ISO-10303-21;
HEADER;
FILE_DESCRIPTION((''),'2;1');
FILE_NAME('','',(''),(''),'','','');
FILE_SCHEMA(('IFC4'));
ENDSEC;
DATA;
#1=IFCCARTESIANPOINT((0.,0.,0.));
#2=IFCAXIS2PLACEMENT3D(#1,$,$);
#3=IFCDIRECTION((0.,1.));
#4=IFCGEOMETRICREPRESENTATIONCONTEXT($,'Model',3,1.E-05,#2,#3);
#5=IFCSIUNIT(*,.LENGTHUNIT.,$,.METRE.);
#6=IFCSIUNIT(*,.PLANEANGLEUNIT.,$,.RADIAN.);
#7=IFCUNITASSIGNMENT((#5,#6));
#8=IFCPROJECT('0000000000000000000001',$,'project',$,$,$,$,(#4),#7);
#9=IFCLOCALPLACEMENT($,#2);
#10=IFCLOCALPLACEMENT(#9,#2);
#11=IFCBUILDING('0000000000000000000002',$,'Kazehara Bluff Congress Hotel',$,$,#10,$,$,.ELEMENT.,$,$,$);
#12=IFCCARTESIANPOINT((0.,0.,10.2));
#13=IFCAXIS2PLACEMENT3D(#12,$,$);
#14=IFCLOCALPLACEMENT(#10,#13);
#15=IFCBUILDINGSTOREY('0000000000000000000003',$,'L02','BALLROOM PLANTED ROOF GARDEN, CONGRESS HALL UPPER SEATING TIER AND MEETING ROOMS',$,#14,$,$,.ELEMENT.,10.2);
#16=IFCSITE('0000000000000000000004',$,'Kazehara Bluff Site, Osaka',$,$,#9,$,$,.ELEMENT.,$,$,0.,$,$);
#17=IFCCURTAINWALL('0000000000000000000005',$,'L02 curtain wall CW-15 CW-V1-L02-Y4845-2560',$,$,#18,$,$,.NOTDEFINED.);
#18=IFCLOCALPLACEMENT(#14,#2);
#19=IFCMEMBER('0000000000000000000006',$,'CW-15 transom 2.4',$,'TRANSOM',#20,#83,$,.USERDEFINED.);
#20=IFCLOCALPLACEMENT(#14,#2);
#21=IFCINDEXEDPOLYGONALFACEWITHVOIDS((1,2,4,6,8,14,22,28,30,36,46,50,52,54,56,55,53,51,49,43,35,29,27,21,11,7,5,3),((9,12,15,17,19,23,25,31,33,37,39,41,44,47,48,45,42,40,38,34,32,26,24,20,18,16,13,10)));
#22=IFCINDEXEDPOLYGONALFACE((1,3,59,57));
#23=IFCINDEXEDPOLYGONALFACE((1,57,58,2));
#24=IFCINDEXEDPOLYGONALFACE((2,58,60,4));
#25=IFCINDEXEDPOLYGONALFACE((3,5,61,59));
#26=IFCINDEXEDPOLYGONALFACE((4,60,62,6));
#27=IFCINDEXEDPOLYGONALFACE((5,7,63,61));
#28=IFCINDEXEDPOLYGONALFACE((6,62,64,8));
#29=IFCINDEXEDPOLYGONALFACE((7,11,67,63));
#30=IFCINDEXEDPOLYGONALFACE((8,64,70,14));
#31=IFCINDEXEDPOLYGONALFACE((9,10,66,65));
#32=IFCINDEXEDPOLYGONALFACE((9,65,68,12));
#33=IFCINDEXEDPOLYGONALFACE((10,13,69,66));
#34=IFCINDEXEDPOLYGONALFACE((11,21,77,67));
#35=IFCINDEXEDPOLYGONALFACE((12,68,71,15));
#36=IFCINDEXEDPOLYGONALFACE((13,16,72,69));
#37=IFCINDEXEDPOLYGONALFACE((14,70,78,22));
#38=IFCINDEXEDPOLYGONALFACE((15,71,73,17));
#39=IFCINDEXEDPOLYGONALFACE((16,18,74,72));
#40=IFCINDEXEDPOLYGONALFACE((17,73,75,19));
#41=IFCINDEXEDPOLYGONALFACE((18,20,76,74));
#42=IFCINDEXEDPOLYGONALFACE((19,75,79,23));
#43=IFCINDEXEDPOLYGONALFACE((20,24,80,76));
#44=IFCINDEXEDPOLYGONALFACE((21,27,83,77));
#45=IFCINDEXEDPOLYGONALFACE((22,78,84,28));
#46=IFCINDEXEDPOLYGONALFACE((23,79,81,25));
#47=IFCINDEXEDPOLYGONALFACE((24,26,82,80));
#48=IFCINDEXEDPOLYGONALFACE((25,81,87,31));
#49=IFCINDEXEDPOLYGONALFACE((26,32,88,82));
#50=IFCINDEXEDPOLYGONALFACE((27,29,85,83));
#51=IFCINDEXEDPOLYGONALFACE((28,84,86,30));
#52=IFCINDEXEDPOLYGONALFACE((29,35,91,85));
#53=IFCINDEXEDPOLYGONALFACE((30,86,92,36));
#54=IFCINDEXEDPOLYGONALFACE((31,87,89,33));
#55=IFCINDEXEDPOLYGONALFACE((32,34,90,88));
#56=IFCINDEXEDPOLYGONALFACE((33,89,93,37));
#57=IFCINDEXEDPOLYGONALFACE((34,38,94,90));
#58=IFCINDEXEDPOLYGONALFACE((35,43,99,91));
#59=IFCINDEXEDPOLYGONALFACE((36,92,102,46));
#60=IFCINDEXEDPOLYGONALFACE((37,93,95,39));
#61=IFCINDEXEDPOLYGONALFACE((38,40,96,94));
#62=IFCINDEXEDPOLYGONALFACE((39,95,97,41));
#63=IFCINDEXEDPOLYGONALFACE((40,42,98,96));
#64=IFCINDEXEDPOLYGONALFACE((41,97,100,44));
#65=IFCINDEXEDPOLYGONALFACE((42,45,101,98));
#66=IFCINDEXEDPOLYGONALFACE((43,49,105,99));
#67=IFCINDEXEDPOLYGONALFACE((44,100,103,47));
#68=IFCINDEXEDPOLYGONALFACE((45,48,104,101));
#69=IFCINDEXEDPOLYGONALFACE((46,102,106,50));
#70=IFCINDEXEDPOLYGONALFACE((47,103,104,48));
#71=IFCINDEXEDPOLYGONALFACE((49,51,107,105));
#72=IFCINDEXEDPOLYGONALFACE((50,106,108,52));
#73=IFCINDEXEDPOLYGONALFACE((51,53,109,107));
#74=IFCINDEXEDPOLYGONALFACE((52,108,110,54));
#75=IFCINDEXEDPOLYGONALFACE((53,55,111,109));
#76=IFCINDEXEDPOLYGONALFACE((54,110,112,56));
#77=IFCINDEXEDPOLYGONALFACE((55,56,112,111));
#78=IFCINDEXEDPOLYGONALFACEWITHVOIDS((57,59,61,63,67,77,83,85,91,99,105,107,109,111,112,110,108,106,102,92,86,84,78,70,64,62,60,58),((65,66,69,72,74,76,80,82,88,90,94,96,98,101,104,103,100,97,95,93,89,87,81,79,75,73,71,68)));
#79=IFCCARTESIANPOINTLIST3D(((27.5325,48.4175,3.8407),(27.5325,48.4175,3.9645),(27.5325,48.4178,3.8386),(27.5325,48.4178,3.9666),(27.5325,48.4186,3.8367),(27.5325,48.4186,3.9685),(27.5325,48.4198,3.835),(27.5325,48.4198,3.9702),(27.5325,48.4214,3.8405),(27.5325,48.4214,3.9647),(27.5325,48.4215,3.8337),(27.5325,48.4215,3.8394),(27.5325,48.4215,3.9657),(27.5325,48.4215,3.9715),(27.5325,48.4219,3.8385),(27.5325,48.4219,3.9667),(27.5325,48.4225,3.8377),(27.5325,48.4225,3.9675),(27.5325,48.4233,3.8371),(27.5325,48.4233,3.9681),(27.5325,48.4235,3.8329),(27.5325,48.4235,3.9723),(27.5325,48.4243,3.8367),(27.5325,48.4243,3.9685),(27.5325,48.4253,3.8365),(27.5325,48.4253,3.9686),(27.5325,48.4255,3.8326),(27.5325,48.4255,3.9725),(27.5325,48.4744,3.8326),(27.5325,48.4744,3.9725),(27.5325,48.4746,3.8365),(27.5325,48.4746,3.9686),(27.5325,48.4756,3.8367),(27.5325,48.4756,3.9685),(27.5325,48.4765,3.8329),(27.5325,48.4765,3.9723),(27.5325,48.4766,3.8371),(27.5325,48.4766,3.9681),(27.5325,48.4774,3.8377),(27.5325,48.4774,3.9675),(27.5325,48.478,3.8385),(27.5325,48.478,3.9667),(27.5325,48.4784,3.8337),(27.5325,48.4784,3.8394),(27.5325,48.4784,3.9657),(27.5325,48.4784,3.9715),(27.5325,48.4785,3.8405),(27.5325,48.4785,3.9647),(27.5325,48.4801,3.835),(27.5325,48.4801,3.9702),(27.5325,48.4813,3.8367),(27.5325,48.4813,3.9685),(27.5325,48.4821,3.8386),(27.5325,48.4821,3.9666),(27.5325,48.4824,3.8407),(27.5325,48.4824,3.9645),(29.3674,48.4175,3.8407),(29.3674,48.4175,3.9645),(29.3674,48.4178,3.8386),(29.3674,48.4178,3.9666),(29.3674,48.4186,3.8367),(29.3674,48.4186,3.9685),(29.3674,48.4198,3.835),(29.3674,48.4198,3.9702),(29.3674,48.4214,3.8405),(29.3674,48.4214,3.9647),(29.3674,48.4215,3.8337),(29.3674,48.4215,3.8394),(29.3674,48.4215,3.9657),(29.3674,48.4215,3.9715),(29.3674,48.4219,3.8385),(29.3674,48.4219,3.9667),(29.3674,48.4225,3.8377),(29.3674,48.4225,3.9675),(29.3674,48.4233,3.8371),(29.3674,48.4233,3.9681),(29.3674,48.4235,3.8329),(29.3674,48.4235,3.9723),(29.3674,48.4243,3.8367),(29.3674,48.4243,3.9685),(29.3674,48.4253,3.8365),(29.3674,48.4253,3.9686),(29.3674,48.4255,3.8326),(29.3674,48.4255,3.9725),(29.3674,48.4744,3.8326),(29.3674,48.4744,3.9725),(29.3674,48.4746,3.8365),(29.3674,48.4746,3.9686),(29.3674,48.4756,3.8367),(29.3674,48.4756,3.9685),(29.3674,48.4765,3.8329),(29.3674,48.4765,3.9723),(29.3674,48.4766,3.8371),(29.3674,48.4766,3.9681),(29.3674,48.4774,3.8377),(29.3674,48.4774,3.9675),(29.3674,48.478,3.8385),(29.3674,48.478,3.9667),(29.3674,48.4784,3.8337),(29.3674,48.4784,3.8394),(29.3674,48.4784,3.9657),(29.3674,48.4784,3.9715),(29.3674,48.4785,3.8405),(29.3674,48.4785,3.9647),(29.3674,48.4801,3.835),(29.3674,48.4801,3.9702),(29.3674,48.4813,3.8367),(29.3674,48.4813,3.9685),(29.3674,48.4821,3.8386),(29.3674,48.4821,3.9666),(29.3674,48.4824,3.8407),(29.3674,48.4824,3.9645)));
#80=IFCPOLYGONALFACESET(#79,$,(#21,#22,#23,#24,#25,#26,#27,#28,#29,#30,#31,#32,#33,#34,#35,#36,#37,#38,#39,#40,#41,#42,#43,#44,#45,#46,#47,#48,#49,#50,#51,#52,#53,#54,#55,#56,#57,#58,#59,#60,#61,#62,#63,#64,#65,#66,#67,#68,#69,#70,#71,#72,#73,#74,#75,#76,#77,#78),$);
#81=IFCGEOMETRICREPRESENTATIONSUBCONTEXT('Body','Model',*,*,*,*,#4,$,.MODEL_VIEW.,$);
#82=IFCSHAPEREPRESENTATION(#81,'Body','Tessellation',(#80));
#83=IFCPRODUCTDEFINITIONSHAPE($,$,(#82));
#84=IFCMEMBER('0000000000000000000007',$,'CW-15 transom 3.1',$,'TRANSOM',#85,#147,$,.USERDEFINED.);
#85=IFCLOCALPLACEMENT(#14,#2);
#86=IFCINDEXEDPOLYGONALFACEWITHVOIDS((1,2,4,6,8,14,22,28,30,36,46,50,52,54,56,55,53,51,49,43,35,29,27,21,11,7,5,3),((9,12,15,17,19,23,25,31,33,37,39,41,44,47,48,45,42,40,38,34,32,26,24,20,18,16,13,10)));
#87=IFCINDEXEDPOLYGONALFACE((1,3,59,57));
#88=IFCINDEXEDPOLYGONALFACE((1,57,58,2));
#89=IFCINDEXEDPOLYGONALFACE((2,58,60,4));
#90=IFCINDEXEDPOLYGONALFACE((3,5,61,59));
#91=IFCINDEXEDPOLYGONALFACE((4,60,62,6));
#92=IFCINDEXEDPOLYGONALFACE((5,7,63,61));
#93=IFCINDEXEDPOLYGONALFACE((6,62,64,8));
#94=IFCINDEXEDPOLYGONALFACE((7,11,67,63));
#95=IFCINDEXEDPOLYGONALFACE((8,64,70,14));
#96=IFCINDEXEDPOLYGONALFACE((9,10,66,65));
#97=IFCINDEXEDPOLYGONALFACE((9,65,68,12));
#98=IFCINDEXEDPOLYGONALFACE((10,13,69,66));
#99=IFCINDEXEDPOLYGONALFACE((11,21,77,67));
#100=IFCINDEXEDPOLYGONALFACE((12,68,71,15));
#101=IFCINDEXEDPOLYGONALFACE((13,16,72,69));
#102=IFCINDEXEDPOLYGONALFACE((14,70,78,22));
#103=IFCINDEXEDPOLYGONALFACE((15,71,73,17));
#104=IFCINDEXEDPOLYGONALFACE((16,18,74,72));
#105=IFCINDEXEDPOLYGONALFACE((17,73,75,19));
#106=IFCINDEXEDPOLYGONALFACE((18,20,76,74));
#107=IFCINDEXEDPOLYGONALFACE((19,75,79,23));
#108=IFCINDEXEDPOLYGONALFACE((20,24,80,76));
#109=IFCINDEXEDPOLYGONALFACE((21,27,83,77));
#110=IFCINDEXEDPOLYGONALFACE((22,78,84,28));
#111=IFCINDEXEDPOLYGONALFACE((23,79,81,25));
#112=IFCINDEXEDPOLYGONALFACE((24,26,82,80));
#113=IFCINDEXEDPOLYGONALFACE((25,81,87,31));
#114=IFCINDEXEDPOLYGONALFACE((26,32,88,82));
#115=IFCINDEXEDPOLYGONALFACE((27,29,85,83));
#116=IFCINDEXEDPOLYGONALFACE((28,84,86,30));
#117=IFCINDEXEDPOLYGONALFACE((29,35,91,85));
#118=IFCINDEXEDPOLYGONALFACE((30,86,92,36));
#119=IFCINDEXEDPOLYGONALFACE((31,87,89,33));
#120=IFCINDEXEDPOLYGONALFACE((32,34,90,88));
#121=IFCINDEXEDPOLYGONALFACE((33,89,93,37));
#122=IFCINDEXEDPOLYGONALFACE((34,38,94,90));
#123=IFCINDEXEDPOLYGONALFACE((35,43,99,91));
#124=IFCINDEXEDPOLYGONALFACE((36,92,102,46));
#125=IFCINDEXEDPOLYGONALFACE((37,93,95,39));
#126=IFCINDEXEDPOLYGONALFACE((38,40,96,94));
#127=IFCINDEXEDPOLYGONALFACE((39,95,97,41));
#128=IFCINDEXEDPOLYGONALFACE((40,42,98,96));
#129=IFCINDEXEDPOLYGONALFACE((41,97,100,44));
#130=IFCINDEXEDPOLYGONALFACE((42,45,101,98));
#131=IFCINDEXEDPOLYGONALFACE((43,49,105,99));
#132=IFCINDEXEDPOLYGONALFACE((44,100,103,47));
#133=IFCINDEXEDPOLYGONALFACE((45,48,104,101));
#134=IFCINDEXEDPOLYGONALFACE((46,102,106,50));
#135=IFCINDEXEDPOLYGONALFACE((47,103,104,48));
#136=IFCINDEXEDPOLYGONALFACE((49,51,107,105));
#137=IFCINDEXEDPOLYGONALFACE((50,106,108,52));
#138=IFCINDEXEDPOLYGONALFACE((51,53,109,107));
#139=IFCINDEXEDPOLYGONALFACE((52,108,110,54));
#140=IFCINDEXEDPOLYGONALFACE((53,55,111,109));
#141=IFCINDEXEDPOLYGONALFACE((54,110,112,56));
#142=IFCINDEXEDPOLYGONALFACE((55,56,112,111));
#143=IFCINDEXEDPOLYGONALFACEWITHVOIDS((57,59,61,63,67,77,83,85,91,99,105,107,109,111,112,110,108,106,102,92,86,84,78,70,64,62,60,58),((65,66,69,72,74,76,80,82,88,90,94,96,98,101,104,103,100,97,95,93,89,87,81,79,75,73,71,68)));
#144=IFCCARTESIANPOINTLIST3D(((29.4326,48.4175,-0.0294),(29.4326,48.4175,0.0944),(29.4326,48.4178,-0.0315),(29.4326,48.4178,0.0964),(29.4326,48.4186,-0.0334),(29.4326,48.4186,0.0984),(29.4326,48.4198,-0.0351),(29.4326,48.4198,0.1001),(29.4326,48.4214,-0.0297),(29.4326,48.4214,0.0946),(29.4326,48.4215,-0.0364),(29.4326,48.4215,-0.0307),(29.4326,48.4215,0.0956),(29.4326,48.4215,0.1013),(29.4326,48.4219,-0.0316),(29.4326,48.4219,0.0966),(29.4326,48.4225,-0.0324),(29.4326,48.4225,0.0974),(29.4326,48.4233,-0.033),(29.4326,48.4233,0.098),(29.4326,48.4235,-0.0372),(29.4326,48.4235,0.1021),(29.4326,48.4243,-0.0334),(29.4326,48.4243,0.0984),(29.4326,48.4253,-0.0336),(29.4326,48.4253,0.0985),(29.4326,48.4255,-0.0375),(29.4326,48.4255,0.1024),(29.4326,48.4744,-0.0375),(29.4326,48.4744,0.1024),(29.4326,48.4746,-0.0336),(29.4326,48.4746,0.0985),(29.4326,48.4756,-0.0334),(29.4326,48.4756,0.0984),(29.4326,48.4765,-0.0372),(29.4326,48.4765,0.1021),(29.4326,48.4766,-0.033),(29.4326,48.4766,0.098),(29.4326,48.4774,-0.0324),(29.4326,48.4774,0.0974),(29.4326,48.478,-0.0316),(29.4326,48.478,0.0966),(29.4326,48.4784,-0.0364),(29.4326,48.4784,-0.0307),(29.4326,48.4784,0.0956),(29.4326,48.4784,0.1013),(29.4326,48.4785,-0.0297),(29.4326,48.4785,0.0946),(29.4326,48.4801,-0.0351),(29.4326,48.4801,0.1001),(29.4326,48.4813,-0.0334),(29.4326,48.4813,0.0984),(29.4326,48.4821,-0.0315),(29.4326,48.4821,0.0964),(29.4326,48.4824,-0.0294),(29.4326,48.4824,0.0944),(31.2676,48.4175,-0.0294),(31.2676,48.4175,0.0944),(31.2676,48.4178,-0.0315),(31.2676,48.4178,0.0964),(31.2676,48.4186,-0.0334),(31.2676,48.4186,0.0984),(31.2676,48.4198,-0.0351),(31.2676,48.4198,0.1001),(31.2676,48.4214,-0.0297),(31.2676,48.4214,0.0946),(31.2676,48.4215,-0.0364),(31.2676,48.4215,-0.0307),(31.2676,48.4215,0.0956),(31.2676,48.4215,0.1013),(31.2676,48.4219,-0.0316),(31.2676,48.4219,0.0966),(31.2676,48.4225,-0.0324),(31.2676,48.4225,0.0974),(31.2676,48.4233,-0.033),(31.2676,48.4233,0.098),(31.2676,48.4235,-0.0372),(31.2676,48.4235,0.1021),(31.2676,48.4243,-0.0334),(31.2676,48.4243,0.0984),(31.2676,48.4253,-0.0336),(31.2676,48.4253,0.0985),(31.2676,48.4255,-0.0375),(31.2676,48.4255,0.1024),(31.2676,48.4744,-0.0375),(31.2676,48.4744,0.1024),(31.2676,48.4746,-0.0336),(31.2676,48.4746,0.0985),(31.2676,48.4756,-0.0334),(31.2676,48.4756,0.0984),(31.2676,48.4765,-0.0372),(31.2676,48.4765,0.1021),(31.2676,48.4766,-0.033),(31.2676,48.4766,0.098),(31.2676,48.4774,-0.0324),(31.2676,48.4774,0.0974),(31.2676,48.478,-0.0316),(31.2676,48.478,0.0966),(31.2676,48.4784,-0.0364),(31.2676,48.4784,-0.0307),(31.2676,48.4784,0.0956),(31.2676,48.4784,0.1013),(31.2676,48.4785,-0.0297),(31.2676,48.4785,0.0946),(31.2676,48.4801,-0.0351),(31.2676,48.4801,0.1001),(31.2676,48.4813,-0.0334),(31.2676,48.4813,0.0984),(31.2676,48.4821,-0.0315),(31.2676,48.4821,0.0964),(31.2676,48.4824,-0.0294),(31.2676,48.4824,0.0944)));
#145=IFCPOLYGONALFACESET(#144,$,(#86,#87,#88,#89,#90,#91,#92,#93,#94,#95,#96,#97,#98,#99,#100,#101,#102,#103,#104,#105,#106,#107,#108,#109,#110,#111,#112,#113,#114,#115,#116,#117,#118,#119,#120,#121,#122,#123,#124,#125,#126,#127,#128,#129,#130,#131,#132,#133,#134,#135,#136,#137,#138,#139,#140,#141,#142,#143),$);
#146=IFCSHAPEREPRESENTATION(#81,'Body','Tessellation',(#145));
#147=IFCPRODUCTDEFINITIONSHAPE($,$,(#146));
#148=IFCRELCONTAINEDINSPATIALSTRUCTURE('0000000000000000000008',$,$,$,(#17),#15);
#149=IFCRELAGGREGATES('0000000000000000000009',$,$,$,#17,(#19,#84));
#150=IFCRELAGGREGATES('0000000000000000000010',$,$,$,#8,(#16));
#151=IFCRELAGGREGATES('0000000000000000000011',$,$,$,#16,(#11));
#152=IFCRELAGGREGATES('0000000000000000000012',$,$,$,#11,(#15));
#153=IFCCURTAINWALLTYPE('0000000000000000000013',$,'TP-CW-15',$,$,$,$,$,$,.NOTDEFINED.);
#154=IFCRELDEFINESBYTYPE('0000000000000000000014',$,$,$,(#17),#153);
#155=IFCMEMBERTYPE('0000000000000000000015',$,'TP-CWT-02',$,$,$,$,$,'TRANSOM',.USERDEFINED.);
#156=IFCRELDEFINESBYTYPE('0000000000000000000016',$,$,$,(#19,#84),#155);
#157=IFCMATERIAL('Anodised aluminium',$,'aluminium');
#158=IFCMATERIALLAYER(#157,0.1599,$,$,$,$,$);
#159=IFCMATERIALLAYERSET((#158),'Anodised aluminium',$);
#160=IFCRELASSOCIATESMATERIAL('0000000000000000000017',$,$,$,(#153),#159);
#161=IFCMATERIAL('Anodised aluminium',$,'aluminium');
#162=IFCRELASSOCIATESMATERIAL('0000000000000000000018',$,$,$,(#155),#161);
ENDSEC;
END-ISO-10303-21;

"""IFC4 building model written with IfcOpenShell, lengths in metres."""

from ifc_helpers import new_model, si_unit, direction, frame, origin, origin_2d, place, context, subcontext, project, spatial, hollow_rectangle, extrude, material, layer, layer_set, material_profile, profile_set, type_object, element, aggregate, save


model = new_model("IFC4")

# Units and contexts
model_context = context("Model", 3, precision=1e-05, world=origin(), true_north=direction((0.0, 1.0)))
body_context = subcontext(model_context, "Body", "Model", "MODEL_VIEW")
ifc_project = project(units=[si_unit("LENGTHUNIT", "METRE"), si_unit("PLANEANGLEUNIT", "RADIAN")], contexts=[model_context])

# Site, building, storey
site_placement = place(None, origin())
site = spatial("IfcSite", under=ifc_project, at=site_placement, Name="Kazehara Bluff Site, Osaka", CompositionType="ELEMENT", RefElevation=0.0)
building_placement = place(site_placement, origin())
building = spatial("IfcBuilding", under=site, at=building_placement, Name="Kazehara Bluff Congress Hotel", CompositionType="ELEMENT")
storey_placement = place(building_placement, frame((0.0, 0.0, 10.2)))
storey = spatial("IfcBuildingStorey", under=building, at=storey_placement, Name="L02", Description="BALLROOM PLANTED ROOF GARDEN, CONGRESS HALL UPPER SEATING TIER AND MEETING ROOMS", CompositionType="ELEMENT", Elevation=10.2)

# Curtain wall, members
ifc_material_1 = material(Name="Anodised aluminium", Category="aluminium")
ifc_layer_1 = layer(ifc_material_1, 0.1599)
ifc_layer_set_1 = layer_set([ifc_layer_1], Name="Anodised aluminium")
curtain_wall_type_1 = type_object("IfcCurtainWallType", Name="TP-CW-15", PredefinedType="NOTDEFINED", material=ifc_layer_set_1)
curtain_wall_1_placement = place(storey_placement, origin())
curtain_wall_1 = element("IfcCurtainWall", 1, at=curtain_wall_1_placement, inside=storey, type_object=curtain_wall_type_1, Name="L02 curtain wall CW-15 CW-V1-L02-Y4845-2560", PredefinedType="NOTDEFINED")
ifc_material_2 = material(Name="Anodised aluminium", Category="aluminium")
ifc_material_profile_1 = material_profile(ifc_material_2, hollow_rectangle(XDim=0.0649, YDim=0.1399, WallThickness=0.0039, InnerFilletRadius=0.0039, OuterFilletRadius=0.0081, at=origin_2d()))
ifc_profile_set_1 = profile_set([ifc_material_profile_1], Name="Anodised aluminium")
member_type_1 = type_object("IfcMemberType", Name="TP-CWT-02", ElementType="TRANSOM", PredefinedType="USERDEFINED", material=ifc_profile_set_1)
member_1_placement = place(storey_placement, frame((27.5325, 48.45, 3.9026), z_axis=(1.0, 0.0, 0.0), x_axis=(0.0, 1.0, 0.0)))
member_1 = element("IfcMember", 2, at=member_1_placement, type_object=member_type_1, Name="CW-15 transom 2.4", ObjectType="TRANSOM", PredefinedType="USERDEFINED", context=body_context, shape_type="SweptSolid", body=[
    extrude(hollow_rectangle(XDim=0.0649, YDim=0.1399, WallThickness=0.0039, InnerFilletRadius=0.0039, OuterFilletRadius=0.0081, at=origin_2d()), origin(), (0.0, 0.0, 1.0), 1.835),
])
member_2_placement = place(storey_placement, frame((29.4326, 48.45, 0.0325), z_axis=(1.0, 0.0, 0.0), x_axis=(0.0, 1.0, 0.0)))
member_2 = element("IfcMember", 3, at=member_2_placement, type_object=member_type_1, Name="CW-15 transom 3.1", ObjectType="TRANSOM", PredefinedType="USERDEFINED", context=body_context, shape_type="SweptSolid", body=[
    extrude(hollow_rectangle(XDim=0.0649, YDim=0.1399, WallThickness=0.0039, InnerFilletRadius=0.0039, OuterFilletRadius=0.0081, at=origin_2d()), origin(), (0.0, 0.0, 1.0), 1.835),
])

aggregate(curtain_wall_1, [member_1, member_2])

save(model, "model.ifc")
